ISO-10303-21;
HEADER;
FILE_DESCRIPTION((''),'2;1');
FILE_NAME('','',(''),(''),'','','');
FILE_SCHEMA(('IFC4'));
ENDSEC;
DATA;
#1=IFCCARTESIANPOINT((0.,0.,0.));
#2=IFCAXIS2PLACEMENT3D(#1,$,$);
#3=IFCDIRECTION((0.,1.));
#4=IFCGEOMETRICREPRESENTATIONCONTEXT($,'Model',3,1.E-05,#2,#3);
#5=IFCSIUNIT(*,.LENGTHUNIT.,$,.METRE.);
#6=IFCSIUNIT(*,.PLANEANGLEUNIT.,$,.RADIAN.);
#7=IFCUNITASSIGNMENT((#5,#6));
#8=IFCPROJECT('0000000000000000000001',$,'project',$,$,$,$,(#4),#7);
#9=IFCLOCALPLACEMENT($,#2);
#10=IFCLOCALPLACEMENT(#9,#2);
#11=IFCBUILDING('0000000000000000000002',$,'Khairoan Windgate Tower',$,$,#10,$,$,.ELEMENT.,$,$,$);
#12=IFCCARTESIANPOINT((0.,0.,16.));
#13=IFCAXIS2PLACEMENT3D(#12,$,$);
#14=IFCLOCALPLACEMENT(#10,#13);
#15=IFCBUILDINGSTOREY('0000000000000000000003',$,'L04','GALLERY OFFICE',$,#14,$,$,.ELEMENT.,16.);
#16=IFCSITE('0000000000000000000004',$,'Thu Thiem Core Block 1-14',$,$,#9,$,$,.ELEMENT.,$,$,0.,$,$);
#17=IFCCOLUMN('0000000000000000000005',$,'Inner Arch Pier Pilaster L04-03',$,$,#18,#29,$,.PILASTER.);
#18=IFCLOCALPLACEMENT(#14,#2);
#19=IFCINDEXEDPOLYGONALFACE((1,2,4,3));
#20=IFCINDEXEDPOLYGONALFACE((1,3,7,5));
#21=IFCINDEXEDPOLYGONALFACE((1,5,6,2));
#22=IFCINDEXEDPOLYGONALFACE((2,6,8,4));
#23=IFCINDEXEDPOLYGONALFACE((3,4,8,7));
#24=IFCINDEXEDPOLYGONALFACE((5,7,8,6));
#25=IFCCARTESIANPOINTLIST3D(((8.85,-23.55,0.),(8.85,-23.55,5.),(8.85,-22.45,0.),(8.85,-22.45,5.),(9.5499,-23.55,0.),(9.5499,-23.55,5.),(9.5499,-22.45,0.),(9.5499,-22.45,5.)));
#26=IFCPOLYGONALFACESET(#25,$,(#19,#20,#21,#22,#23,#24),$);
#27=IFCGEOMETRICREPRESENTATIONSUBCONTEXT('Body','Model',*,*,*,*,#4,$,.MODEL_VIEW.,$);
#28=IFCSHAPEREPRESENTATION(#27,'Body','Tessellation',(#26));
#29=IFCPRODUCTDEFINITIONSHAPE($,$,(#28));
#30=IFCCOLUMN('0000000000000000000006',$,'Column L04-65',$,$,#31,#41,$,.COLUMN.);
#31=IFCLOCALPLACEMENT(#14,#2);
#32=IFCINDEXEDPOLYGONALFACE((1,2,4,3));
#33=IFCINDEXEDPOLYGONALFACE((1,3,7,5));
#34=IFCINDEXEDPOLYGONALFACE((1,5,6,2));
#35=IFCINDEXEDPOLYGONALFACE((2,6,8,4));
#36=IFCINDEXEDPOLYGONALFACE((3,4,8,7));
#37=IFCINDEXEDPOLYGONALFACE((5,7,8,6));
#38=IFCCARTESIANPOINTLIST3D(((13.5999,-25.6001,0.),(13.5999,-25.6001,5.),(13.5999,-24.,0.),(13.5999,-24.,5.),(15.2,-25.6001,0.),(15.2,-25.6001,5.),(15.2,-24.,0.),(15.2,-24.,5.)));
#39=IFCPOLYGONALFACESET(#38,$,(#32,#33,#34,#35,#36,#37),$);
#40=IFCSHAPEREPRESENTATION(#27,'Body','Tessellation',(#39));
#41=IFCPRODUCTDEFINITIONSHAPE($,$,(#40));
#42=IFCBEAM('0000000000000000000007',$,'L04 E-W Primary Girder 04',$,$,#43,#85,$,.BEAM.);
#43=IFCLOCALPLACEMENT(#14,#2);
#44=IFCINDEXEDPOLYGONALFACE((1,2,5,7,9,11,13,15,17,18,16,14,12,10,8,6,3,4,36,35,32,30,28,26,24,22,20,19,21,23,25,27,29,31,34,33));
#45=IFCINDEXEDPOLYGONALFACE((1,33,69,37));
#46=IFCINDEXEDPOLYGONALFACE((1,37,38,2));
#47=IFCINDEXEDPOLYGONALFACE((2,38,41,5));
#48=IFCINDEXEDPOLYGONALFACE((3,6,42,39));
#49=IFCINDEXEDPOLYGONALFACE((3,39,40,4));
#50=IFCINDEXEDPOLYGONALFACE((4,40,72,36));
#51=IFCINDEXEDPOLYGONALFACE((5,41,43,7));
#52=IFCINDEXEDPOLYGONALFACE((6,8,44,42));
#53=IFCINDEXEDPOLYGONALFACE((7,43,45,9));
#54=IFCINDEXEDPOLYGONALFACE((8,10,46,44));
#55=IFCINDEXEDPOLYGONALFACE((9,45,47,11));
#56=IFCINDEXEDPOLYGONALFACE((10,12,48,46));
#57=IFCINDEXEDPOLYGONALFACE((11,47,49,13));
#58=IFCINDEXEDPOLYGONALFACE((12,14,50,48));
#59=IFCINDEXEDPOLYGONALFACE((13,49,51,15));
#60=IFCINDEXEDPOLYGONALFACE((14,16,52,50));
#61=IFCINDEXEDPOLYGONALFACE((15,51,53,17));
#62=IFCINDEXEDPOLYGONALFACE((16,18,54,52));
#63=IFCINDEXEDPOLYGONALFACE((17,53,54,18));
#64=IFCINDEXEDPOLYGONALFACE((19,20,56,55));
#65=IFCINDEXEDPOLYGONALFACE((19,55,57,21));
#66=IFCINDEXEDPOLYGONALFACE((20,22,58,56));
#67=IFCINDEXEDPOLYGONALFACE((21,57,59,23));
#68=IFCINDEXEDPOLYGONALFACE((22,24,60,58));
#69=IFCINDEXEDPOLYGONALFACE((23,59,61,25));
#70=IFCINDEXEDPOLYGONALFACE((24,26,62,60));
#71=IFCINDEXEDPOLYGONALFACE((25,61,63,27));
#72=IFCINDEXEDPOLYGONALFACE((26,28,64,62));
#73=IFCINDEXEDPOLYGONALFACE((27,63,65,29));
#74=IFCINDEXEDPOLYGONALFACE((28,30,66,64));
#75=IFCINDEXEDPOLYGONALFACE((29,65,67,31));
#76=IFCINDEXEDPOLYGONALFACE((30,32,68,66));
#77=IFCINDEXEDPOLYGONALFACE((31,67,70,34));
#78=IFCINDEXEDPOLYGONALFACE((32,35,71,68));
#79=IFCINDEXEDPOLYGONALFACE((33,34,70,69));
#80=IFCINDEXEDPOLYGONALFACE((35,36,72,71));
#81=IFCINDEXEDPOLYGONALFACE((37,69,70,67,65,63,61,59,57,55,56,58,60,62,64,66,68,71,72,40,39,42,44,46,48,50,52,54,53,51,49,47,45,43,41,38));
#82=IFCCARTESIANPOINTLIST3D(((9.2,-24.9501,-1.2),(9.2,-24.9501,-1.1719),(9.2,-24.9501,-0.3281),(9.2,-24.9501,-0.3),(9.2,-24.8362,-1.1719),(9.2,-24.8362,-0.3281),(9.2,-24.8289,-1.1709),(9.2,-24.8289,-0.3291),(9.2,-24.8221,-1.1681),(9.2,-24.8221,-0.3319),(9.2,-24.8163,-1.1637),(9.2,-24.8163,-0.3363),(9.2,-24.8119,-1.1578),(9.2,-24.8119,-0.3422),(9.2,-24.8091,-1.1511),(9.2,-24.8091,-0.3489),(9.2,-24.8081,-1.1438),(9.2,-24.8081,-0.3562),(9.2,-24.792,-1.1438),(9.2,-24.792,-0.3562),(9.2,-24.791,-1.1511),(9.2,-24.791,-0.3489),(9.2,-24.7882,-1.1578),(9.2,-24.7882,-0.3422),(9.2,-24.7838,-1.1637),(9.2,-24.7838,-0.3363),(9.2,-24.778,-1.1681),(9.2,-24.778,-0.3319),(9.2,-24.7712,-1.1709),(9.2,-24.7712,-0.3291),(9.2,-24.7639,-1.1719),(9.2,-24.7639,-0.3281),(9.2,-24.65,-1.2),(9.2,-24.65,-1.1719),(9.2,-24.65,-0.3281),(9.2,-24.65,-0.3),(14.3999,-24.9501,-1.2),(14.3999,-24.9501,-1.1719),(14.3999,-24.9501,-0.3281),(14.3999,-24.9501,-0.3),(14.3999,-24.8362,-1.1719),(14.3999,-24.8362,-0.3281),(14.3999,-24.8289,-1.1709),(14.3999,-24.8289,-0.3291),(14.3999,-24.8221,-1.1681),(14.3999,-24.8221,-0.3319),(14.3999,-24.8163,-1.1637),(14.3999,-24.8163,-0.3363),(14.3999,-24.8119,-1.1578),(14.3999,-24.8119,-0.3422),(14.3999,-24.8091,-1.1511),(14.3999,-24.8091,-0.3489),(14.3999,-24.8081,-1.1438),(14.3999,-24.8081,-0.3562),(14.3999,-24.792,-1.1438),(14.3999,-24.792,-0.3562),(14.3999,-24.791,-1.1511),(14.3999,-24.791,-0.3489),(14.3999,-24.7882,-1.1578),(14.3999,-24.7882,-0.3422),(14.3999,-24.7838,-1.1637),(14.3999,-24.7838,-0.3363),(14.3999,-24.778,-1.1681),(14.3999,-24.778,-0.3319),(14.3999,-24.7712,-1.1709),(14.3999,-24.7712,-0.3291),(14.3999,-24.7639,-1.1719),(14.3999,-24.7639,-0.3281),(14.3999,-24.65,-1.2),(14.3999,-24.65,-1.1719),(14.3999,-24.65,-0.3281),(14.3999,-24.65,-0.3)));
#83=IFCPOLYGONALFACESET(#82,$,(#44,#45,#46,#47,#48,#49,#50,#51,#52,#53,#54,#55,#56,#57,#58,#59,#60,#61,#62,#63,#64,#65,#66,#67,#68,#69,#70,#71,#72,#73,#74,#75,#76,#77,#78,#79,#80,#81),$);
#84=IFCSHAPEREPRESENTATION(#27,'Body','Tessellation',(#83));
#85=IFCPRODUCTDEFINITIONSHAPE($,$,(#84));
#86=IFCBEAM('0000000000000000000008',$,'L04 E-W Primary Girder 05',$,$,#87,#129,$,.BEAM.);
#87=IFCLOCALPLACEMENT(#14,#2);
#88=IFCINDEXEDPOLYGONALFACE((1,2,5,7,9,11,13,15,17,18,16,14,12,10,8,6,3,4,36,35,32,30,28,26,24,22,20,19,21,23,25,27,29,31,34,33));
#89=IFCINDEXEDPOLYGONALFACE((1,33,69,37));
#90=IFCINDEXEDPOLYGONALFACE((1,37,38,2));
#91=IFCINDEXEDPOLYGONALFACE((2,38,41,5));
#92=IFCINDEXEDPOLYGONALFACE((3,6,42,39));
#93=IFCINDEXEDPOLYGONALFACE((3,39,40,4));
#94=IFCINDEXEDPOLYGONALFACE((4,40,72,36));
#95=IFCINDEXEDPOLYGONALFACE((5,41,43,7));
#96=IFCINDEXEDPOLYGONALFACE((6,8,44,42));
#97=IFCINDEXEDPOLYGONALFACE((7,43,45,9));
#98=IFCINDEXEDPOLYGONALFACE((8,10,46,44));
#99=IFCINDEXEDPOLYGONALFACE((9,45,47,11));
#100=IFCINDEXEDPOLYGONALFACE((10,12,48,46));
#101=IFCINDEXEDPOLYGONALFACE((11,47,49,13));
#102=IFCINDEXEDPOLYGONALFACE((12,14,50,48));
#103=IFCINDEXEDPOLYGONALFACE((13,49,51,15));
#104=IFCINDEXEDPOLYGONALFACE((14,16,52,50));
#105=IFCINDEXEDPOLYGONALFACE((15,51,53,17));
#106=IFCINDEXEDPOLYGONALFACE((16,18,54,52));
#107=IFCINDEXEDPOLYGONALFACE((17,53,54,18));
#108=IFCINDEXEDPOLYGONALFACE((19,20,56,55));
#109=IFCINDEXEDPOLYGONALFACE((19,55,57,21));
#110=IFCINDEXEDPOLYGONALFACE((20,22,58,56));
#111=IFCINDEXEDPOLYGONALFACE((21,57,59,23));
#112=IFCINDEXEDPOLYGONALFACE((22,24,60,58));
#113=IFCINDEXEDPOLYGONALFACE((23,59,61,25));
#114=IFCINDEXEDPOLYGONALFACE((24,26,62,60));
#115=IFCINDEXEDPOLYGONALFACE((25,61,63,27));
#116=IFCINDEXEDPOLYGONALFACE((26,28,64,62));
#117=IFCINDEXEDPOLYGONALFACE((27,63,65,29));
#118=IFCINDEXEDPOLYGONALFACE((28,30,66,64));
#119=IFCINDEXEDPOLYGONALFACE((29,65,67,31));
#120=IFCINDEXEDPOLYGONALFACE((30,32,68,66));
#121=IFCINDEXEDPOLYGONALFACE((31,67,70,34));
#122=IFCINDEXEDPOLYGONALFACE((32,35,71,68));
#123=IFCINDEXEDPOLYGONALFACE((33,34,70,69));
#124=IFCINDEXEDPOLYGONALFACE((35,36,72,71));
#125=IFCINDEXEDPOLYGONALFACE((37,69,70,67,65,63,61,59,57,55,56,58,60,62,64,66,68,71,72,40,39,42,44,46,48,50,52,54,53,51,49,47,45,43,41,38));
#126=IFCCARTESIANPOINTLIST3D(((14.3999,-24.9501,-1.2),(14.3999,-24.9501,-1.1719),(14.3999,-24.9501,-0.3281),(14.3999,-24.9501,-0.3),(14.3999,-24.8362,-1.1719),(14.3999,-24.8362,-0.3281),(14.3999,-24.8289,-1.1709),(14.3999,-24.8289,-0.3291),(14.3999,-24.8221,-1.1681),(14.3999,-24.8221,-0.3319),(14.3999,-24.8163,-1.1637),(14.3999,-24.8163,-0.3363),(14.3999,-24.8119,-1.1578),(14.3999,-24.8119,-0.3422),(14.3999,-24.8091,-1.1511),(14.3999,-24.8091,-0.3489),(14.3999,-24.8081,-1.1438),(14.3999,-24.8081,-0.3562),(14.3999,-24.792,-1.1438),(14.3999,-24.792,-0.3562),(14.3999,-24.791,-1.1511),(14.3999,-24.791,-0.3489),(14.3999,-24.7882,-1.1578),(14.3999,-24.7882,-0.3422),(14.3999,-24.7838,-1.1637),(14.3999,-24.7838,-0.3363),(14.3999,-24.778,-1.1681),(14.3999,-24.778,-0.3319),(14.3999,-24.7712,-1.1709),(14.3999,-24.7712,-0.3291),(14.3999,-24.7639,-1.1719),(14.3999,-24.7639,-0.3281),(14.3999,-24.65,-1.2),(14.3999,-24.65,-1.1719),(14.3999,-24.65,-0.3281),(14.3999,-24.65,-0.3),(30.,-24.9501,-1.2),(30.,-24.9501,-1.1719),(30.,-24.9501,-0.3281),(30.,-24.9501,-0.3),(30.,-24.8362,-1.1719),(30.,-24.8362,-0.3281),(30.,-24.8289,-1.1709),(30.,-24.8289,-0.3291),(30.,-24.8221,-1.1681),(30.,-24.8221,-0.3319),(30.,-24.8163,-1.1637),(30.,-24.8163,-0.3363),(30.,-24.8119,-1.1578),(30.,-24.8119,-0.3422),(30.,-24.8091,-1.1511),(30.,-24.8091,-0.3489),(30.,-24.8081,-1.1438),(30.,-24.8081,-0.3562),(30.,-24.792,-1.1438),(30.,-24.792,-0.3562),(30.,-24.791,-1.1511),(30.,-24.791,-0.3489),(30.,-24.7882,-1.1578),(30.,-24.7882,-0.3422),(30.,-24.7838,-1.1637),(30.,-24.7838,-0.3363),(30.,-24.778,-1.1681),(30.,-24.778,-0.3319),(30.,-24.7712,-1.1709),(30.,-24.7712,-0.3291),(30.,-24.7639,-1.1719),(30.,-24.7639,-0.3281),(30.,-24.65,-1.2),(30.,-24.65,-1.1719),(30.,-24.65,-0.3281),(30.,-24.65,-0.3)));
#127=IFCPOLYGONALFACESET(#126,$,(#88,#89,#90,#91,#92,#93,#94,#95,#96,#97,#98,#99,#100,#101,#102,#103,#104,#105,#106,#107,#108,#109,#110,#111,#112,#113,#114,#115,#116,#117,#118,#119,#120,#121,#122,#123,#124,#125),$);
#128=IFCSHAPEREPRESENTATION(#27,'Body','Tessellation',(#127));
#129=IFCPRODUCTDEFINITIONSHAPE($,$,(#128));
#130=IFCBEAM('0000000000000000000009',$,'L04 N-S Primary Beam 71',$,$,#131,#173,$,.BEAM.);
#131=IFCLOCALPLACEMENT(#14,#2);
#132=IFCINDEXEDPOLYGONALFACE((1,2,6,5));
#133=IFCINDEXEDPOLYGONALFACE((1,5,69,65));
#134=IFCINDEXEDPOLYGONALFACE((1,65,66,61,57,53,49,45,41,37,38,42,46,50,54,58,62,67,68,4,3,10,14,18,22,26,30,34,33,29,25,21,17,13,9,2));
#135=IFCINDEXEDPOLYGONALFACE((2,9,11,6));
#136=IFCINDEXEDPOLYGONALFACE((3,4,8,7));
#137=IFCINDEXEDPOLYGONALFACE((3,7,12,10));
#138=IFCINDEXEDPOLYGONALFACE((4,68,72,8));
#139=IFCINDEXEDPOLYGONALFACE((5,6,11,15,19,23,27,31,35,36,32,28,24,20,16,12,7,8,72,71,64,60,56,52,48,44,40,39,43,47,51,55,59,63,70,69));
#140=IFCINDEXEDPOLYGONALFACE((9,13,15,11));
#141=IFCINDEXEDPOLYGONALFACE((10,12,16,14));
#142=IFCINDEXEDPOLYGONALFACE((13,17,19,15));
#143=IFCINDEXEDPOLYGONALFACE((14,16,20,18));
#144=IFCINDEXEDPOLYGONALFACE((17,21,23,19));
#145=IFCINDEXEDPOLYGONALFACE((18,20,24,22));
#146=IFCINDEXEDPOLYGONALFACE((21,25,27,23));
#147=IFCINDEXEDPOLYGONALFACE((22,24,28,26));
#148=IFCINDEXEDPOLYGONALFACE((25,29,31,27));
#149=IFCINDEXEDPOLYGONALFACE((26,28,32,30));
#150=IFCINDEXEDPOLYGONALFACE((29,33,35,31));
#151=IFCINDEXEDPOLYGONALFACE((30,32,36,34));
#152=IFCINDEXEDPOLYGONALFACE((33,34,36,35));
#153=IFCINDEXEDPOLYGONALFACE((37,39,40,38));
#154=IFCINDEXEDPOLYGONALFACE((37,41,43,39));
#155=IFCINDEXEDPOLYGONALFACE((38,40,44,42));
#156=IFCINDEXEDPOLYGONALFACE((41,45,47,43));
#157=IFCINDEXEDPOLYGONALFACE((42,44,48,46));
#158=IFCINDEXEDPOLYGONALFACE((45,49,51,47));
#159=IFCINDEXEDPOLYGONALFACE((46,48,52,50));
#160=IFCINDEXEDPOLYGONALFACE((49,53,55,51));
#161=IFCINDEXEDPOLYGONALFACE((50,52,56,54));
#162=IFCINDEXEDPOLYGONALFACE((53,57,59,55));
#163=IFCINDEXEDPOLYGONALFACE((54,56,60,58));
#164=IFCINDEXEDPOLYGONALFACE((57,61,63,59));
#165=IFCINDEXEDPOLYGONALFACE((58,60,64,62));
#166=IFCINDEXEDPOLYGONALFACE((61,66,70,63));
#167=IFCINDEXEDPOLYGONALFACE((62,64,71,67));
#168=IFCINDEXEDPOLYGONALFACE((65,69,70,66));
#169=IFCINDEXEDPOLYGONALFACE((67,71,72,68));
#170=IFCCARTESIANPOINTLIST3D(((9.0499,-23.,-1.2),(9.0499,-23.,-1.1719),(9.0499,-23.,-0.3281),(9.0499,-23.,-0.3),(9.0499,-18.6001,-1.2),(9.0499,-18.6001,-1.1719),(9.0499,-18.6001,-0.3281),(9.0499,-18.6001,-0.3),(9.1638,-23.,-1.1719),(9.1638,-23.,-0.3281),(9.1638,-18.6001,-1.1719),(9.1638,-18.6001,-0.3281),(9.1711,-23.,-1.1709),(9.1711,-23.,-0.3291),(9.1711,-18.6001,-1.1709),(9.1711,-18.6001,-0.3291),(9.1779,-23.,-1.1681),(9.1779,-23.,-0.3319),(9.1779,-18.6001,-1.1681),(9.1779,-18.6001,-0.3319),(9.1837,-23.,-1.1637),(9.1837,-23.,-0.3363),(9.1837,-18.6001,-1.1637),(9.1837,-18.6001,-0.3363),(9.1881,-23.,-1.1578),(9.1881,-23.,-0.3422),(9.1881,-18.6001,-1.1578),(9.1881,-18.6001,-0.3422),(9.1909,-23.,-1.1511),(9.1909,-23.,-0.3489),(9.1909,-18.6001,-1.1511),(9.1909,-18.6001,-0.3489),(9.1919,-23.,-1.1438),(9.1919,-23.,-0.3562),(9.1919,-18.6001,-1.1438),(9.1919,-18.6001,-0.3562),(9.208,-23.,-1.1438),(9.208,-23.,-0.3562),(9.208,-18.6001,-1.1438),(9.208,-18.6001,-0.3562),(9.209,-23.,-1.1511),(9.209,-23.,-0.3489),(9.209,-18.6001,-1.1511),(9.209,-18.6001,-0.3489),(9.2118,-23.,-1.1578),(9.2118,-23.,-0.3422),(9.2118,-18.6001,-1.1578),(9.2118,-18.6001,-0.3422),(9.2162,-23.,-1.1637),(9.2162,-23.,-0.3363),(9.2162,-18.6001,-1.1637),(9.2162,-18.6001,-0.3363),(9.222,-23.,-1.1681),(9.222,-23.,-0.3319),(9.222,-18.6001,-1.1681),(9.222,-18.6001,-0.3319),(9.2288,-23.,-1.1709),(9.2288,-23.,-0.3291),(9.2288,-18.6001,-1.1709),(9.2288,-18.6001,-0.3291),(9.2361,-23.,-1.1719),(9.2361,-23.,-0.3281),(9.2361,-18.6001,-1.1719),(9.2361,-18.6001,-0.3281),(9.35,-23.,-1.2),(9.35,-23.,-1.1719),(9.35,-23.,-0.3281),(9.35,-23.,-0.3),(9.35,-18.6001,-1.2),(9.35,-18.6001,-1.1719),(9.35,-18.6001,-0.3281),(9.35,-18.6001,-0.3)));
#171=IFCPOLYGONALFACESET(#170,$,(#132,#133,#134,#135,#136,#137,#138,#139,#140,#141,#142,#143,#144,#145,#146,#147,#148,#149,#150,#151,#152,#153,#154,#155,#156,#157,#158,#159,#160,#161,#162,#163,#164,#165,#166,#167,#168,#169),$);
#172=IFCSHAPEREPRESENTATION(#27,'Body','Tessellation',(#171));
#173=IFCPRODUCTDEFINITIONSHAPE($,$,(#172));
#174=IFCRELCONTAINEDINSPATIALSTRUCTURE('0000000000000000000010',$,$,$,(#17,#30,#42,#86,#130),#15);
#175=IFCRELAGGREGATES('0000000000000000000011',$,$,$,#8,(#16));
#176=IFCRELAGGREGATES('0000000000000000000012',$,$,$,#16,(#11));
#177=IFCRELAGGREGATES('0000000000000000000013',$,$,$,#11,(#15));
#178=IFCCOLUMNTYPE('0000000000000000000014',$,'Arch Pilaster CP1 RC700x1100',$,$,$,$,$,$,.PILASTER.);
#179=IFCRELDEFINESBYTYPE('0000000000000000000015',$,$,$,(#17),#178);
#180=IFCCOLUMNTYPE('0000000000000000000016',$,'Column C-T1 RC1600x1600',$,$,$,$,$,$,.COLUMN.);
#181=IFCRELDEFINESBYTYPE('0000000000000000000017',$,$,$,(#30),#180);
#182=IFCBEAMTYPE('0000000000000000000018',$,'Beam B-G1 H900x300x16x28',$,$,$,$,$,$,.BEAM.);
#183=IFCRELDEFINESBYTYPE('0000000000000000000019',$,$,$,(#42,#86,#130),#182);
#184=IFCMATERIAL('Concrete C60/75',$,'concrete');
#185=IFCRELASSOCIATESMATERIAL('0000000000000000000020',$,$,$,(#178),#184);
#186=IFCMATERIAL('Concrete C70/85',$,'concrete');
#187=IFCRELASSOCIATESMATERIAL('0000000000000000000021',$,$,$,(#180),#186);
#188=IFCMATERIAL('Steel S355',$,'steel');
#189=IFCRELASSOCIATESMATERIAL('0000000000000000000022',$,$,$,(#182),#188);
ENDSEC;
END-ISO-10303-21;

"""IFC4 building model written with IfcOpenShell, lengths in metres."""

from ifc_helpers import new_model, si_unit, direction, frame, origin, origin_2d, place, context, subcontext, project, spatial, rectangle, i_section, extrude, material, material_profile, profile_set, type_object, element, save


model = new_model("IFC4")

# Units and contexts
model_context = context("Model", 3, precision=1e-05, world=origin(), true_north=direction((0.0, 1.0)))
body_context = subcontext(model_context, "Body", "Model", "MODEL_VIEW")
ifc_project = project(units=[si_unit("LENGTHUNIT", "METRE"), si_unit("PLANEANGLEUNIT", "RADIAN")], contexts=[model_context])

# Site, building, storey
site_placement = place(None, origin())
site = spatial("IfcSite", under=ifc_project, at=site_placement, Name="Thu Thiem Core Block 1-14", CompositionType="ELEMENT", RefElevation=0.0)
building_placement = place(site_placement, origin())
building = spatial("IfcBuilding", under=site, at=building_placement, Name="Khairoan Windgate Tower", CompositionType="ELEMENT")
storey_placement = place(building_placement, frame((0.0, 0.0, 16.0)))
storey = spatial("IfcBuildingStorey", under=building, at=storey_placement, Name="L04", Description="GALLERY OFFICE", CompositionType="ELEMENT", Elevation=16.0)

# Columns
ifc_material_1 = material(Name="Concrete C60/75", Category="concrete")
ifc_material_profile_1 = material_profile(ifc_material_1, rectangle(XDim=0.7, YDim=1.1001, at=origin_2d()))
ifc_profile_set_1 = profile_set([ifc_material_profile_1], Name="Concrete C60/75")
column_type_1 = type_object("IfcColumnType", Name="Arch Pilaster CP1 RC700x1100", PredefinedType="PILASTER", material=ifc_profile_set_1)
column_1_placement = place(storey_placement, frame((9.2, -23.0, 0.0), z_axis=(0.0, 0.0, 1.0), x_axis=(1.0, 0.0, 0.0)))
element("IfcColumn", 1, at=column_1_placement, inside=storey, type_object=column_type_1, Name="Inner Arch Pier Pilaster L04-03", PredefinedType="PILASTER", context=body_context, shape_type="SweptSolid", body=[
    extrude(rectangle(XDim=0.7, YDim=1.1001, at=origin_2d()), origin(), (0.0, 0.0, 1.0), 5.0),
])
ifc_material_2 = material(Name="Concrete C70/85", Category="concrete")
ifc_material_profile_2 = material_profile(ifc_material_2, rectangle(XDim=1.6001, YDim=1.6001, at=origin_2d()))
ifc_profile_set_2 = profile_set([ifc_material_profile_2], Name="Concrete C70/85")
column_type_2 = type_object("IfcColumnType", Name="Column C-T1 RC1600x1600", PredefinedType="COLUMN", material=ifc_profile_set_2)
column_2_placement = place(storey_placement, frame((14.3999, -24.8, 0.0), z_axis=(0.0, 0.0, 1.0), x_axis=(1.0, 0.0, 0.0)))
element("IfcColumn", 2, at=column_2_placement, inside=storey, type_object=column_type_2, Name="Column L04-65", PredefinedType="COLUMN", context=body_context, shape_type="SweptSolid", body=[
    extrude(rectangle(XDim=1.6001, YDim=1.6001, at=origin_2d()), origin(), (0.0, 0.0, 1.0), 5.0),
])

# Beams
ifc_material_3 = material(Name="Steel S355", Category="steel")
ifc_material_profile_3 = material_profile(ifc_material_3, i_section(OverallWidth=0.3, OverallDepth=0.8999, WebThickness=0.0161, FlangeThickness=0.0281, FilletRadius=0.0281, at=origin_2d()))
ifc_profile_set_3 = profile_set([ifc_material_profile_3], Name="Steel S355")
beam_type = type_object("IfcBeamType", Name="Beam B-G1 H900x300x16x28", PredefinedType="BEAM", material=ifc_profile_set_3)
beam_1_placement = place(storey_placement, frame((9.2, -24.8, -0.75), z_axis=(1.0, 0.0, 0.0), x_axis=(0.0, 1.0, 0.0)))
element("IfcBeam", 3, at=beam_1_placement, inside=storey, type_object=beam_type, Name="L04 E-W Primary Girder 04", PredefinedType="BEAM", context=body_context, shape_type="SweptSolid", body=[
    extrude(i_section(OverallWidth=0.3, OverallDepth=0.8999, WebThickness=0.0161, FlangeThickness=0.0281, FilletRadius=0.0281, at=origin_2d()), origin(), (0.0, 0.0, 1.0), 5.2),
])
beam_2_placement = place(storey_placement, frame((14.3999, -24.8, -0.75), z_axis=(1.0, 0.0, 0.0), x_axis=(0.0, 1.0, 0.0)))
element("IfcBeam", 4, at=beam_2_placement, inside=storey, type_object=beam_type, Name="L04 E-W Primary Girder 05", PredefinedType="BEAM", context=body_context, shape_type="SweptSolid", body=[
    extrude(i_section(OverallWidth=0.3, OverallDepth=0.8999, WebThickness=0.0161, FlangeThickness=0.0281, FilletRadius=0.0281, at=origin_2d()), origin(), (0.0, 0.0, 1.0), 15.6001),
])
beam_3_placement = place(storey_placement, frame((9.2, -23.0, -0.75), z_axis=(0.0, 1.0, 0.0), x_axis=(-1.0, 0.0, 0.0)))
element("IfcBeam", 5, at=beam_3_placement, inside=storey, type_object=beam_type, Name="L04 N-S Primary Beam 71", PredefinedType="BEAM", context=body_context, shape_type="SweptSolid", body=[
    extrude(i_section(OverallWidth=0.3, OverallDepth=0.8999, WebThickness=0.0161, FlangeThickness=0.0281, FilletRadius=0.0281, at=origin_2d()), origin(), (0.0, 0.0, 1.0), 4.3999),
])

save(model, "model.ifc")
